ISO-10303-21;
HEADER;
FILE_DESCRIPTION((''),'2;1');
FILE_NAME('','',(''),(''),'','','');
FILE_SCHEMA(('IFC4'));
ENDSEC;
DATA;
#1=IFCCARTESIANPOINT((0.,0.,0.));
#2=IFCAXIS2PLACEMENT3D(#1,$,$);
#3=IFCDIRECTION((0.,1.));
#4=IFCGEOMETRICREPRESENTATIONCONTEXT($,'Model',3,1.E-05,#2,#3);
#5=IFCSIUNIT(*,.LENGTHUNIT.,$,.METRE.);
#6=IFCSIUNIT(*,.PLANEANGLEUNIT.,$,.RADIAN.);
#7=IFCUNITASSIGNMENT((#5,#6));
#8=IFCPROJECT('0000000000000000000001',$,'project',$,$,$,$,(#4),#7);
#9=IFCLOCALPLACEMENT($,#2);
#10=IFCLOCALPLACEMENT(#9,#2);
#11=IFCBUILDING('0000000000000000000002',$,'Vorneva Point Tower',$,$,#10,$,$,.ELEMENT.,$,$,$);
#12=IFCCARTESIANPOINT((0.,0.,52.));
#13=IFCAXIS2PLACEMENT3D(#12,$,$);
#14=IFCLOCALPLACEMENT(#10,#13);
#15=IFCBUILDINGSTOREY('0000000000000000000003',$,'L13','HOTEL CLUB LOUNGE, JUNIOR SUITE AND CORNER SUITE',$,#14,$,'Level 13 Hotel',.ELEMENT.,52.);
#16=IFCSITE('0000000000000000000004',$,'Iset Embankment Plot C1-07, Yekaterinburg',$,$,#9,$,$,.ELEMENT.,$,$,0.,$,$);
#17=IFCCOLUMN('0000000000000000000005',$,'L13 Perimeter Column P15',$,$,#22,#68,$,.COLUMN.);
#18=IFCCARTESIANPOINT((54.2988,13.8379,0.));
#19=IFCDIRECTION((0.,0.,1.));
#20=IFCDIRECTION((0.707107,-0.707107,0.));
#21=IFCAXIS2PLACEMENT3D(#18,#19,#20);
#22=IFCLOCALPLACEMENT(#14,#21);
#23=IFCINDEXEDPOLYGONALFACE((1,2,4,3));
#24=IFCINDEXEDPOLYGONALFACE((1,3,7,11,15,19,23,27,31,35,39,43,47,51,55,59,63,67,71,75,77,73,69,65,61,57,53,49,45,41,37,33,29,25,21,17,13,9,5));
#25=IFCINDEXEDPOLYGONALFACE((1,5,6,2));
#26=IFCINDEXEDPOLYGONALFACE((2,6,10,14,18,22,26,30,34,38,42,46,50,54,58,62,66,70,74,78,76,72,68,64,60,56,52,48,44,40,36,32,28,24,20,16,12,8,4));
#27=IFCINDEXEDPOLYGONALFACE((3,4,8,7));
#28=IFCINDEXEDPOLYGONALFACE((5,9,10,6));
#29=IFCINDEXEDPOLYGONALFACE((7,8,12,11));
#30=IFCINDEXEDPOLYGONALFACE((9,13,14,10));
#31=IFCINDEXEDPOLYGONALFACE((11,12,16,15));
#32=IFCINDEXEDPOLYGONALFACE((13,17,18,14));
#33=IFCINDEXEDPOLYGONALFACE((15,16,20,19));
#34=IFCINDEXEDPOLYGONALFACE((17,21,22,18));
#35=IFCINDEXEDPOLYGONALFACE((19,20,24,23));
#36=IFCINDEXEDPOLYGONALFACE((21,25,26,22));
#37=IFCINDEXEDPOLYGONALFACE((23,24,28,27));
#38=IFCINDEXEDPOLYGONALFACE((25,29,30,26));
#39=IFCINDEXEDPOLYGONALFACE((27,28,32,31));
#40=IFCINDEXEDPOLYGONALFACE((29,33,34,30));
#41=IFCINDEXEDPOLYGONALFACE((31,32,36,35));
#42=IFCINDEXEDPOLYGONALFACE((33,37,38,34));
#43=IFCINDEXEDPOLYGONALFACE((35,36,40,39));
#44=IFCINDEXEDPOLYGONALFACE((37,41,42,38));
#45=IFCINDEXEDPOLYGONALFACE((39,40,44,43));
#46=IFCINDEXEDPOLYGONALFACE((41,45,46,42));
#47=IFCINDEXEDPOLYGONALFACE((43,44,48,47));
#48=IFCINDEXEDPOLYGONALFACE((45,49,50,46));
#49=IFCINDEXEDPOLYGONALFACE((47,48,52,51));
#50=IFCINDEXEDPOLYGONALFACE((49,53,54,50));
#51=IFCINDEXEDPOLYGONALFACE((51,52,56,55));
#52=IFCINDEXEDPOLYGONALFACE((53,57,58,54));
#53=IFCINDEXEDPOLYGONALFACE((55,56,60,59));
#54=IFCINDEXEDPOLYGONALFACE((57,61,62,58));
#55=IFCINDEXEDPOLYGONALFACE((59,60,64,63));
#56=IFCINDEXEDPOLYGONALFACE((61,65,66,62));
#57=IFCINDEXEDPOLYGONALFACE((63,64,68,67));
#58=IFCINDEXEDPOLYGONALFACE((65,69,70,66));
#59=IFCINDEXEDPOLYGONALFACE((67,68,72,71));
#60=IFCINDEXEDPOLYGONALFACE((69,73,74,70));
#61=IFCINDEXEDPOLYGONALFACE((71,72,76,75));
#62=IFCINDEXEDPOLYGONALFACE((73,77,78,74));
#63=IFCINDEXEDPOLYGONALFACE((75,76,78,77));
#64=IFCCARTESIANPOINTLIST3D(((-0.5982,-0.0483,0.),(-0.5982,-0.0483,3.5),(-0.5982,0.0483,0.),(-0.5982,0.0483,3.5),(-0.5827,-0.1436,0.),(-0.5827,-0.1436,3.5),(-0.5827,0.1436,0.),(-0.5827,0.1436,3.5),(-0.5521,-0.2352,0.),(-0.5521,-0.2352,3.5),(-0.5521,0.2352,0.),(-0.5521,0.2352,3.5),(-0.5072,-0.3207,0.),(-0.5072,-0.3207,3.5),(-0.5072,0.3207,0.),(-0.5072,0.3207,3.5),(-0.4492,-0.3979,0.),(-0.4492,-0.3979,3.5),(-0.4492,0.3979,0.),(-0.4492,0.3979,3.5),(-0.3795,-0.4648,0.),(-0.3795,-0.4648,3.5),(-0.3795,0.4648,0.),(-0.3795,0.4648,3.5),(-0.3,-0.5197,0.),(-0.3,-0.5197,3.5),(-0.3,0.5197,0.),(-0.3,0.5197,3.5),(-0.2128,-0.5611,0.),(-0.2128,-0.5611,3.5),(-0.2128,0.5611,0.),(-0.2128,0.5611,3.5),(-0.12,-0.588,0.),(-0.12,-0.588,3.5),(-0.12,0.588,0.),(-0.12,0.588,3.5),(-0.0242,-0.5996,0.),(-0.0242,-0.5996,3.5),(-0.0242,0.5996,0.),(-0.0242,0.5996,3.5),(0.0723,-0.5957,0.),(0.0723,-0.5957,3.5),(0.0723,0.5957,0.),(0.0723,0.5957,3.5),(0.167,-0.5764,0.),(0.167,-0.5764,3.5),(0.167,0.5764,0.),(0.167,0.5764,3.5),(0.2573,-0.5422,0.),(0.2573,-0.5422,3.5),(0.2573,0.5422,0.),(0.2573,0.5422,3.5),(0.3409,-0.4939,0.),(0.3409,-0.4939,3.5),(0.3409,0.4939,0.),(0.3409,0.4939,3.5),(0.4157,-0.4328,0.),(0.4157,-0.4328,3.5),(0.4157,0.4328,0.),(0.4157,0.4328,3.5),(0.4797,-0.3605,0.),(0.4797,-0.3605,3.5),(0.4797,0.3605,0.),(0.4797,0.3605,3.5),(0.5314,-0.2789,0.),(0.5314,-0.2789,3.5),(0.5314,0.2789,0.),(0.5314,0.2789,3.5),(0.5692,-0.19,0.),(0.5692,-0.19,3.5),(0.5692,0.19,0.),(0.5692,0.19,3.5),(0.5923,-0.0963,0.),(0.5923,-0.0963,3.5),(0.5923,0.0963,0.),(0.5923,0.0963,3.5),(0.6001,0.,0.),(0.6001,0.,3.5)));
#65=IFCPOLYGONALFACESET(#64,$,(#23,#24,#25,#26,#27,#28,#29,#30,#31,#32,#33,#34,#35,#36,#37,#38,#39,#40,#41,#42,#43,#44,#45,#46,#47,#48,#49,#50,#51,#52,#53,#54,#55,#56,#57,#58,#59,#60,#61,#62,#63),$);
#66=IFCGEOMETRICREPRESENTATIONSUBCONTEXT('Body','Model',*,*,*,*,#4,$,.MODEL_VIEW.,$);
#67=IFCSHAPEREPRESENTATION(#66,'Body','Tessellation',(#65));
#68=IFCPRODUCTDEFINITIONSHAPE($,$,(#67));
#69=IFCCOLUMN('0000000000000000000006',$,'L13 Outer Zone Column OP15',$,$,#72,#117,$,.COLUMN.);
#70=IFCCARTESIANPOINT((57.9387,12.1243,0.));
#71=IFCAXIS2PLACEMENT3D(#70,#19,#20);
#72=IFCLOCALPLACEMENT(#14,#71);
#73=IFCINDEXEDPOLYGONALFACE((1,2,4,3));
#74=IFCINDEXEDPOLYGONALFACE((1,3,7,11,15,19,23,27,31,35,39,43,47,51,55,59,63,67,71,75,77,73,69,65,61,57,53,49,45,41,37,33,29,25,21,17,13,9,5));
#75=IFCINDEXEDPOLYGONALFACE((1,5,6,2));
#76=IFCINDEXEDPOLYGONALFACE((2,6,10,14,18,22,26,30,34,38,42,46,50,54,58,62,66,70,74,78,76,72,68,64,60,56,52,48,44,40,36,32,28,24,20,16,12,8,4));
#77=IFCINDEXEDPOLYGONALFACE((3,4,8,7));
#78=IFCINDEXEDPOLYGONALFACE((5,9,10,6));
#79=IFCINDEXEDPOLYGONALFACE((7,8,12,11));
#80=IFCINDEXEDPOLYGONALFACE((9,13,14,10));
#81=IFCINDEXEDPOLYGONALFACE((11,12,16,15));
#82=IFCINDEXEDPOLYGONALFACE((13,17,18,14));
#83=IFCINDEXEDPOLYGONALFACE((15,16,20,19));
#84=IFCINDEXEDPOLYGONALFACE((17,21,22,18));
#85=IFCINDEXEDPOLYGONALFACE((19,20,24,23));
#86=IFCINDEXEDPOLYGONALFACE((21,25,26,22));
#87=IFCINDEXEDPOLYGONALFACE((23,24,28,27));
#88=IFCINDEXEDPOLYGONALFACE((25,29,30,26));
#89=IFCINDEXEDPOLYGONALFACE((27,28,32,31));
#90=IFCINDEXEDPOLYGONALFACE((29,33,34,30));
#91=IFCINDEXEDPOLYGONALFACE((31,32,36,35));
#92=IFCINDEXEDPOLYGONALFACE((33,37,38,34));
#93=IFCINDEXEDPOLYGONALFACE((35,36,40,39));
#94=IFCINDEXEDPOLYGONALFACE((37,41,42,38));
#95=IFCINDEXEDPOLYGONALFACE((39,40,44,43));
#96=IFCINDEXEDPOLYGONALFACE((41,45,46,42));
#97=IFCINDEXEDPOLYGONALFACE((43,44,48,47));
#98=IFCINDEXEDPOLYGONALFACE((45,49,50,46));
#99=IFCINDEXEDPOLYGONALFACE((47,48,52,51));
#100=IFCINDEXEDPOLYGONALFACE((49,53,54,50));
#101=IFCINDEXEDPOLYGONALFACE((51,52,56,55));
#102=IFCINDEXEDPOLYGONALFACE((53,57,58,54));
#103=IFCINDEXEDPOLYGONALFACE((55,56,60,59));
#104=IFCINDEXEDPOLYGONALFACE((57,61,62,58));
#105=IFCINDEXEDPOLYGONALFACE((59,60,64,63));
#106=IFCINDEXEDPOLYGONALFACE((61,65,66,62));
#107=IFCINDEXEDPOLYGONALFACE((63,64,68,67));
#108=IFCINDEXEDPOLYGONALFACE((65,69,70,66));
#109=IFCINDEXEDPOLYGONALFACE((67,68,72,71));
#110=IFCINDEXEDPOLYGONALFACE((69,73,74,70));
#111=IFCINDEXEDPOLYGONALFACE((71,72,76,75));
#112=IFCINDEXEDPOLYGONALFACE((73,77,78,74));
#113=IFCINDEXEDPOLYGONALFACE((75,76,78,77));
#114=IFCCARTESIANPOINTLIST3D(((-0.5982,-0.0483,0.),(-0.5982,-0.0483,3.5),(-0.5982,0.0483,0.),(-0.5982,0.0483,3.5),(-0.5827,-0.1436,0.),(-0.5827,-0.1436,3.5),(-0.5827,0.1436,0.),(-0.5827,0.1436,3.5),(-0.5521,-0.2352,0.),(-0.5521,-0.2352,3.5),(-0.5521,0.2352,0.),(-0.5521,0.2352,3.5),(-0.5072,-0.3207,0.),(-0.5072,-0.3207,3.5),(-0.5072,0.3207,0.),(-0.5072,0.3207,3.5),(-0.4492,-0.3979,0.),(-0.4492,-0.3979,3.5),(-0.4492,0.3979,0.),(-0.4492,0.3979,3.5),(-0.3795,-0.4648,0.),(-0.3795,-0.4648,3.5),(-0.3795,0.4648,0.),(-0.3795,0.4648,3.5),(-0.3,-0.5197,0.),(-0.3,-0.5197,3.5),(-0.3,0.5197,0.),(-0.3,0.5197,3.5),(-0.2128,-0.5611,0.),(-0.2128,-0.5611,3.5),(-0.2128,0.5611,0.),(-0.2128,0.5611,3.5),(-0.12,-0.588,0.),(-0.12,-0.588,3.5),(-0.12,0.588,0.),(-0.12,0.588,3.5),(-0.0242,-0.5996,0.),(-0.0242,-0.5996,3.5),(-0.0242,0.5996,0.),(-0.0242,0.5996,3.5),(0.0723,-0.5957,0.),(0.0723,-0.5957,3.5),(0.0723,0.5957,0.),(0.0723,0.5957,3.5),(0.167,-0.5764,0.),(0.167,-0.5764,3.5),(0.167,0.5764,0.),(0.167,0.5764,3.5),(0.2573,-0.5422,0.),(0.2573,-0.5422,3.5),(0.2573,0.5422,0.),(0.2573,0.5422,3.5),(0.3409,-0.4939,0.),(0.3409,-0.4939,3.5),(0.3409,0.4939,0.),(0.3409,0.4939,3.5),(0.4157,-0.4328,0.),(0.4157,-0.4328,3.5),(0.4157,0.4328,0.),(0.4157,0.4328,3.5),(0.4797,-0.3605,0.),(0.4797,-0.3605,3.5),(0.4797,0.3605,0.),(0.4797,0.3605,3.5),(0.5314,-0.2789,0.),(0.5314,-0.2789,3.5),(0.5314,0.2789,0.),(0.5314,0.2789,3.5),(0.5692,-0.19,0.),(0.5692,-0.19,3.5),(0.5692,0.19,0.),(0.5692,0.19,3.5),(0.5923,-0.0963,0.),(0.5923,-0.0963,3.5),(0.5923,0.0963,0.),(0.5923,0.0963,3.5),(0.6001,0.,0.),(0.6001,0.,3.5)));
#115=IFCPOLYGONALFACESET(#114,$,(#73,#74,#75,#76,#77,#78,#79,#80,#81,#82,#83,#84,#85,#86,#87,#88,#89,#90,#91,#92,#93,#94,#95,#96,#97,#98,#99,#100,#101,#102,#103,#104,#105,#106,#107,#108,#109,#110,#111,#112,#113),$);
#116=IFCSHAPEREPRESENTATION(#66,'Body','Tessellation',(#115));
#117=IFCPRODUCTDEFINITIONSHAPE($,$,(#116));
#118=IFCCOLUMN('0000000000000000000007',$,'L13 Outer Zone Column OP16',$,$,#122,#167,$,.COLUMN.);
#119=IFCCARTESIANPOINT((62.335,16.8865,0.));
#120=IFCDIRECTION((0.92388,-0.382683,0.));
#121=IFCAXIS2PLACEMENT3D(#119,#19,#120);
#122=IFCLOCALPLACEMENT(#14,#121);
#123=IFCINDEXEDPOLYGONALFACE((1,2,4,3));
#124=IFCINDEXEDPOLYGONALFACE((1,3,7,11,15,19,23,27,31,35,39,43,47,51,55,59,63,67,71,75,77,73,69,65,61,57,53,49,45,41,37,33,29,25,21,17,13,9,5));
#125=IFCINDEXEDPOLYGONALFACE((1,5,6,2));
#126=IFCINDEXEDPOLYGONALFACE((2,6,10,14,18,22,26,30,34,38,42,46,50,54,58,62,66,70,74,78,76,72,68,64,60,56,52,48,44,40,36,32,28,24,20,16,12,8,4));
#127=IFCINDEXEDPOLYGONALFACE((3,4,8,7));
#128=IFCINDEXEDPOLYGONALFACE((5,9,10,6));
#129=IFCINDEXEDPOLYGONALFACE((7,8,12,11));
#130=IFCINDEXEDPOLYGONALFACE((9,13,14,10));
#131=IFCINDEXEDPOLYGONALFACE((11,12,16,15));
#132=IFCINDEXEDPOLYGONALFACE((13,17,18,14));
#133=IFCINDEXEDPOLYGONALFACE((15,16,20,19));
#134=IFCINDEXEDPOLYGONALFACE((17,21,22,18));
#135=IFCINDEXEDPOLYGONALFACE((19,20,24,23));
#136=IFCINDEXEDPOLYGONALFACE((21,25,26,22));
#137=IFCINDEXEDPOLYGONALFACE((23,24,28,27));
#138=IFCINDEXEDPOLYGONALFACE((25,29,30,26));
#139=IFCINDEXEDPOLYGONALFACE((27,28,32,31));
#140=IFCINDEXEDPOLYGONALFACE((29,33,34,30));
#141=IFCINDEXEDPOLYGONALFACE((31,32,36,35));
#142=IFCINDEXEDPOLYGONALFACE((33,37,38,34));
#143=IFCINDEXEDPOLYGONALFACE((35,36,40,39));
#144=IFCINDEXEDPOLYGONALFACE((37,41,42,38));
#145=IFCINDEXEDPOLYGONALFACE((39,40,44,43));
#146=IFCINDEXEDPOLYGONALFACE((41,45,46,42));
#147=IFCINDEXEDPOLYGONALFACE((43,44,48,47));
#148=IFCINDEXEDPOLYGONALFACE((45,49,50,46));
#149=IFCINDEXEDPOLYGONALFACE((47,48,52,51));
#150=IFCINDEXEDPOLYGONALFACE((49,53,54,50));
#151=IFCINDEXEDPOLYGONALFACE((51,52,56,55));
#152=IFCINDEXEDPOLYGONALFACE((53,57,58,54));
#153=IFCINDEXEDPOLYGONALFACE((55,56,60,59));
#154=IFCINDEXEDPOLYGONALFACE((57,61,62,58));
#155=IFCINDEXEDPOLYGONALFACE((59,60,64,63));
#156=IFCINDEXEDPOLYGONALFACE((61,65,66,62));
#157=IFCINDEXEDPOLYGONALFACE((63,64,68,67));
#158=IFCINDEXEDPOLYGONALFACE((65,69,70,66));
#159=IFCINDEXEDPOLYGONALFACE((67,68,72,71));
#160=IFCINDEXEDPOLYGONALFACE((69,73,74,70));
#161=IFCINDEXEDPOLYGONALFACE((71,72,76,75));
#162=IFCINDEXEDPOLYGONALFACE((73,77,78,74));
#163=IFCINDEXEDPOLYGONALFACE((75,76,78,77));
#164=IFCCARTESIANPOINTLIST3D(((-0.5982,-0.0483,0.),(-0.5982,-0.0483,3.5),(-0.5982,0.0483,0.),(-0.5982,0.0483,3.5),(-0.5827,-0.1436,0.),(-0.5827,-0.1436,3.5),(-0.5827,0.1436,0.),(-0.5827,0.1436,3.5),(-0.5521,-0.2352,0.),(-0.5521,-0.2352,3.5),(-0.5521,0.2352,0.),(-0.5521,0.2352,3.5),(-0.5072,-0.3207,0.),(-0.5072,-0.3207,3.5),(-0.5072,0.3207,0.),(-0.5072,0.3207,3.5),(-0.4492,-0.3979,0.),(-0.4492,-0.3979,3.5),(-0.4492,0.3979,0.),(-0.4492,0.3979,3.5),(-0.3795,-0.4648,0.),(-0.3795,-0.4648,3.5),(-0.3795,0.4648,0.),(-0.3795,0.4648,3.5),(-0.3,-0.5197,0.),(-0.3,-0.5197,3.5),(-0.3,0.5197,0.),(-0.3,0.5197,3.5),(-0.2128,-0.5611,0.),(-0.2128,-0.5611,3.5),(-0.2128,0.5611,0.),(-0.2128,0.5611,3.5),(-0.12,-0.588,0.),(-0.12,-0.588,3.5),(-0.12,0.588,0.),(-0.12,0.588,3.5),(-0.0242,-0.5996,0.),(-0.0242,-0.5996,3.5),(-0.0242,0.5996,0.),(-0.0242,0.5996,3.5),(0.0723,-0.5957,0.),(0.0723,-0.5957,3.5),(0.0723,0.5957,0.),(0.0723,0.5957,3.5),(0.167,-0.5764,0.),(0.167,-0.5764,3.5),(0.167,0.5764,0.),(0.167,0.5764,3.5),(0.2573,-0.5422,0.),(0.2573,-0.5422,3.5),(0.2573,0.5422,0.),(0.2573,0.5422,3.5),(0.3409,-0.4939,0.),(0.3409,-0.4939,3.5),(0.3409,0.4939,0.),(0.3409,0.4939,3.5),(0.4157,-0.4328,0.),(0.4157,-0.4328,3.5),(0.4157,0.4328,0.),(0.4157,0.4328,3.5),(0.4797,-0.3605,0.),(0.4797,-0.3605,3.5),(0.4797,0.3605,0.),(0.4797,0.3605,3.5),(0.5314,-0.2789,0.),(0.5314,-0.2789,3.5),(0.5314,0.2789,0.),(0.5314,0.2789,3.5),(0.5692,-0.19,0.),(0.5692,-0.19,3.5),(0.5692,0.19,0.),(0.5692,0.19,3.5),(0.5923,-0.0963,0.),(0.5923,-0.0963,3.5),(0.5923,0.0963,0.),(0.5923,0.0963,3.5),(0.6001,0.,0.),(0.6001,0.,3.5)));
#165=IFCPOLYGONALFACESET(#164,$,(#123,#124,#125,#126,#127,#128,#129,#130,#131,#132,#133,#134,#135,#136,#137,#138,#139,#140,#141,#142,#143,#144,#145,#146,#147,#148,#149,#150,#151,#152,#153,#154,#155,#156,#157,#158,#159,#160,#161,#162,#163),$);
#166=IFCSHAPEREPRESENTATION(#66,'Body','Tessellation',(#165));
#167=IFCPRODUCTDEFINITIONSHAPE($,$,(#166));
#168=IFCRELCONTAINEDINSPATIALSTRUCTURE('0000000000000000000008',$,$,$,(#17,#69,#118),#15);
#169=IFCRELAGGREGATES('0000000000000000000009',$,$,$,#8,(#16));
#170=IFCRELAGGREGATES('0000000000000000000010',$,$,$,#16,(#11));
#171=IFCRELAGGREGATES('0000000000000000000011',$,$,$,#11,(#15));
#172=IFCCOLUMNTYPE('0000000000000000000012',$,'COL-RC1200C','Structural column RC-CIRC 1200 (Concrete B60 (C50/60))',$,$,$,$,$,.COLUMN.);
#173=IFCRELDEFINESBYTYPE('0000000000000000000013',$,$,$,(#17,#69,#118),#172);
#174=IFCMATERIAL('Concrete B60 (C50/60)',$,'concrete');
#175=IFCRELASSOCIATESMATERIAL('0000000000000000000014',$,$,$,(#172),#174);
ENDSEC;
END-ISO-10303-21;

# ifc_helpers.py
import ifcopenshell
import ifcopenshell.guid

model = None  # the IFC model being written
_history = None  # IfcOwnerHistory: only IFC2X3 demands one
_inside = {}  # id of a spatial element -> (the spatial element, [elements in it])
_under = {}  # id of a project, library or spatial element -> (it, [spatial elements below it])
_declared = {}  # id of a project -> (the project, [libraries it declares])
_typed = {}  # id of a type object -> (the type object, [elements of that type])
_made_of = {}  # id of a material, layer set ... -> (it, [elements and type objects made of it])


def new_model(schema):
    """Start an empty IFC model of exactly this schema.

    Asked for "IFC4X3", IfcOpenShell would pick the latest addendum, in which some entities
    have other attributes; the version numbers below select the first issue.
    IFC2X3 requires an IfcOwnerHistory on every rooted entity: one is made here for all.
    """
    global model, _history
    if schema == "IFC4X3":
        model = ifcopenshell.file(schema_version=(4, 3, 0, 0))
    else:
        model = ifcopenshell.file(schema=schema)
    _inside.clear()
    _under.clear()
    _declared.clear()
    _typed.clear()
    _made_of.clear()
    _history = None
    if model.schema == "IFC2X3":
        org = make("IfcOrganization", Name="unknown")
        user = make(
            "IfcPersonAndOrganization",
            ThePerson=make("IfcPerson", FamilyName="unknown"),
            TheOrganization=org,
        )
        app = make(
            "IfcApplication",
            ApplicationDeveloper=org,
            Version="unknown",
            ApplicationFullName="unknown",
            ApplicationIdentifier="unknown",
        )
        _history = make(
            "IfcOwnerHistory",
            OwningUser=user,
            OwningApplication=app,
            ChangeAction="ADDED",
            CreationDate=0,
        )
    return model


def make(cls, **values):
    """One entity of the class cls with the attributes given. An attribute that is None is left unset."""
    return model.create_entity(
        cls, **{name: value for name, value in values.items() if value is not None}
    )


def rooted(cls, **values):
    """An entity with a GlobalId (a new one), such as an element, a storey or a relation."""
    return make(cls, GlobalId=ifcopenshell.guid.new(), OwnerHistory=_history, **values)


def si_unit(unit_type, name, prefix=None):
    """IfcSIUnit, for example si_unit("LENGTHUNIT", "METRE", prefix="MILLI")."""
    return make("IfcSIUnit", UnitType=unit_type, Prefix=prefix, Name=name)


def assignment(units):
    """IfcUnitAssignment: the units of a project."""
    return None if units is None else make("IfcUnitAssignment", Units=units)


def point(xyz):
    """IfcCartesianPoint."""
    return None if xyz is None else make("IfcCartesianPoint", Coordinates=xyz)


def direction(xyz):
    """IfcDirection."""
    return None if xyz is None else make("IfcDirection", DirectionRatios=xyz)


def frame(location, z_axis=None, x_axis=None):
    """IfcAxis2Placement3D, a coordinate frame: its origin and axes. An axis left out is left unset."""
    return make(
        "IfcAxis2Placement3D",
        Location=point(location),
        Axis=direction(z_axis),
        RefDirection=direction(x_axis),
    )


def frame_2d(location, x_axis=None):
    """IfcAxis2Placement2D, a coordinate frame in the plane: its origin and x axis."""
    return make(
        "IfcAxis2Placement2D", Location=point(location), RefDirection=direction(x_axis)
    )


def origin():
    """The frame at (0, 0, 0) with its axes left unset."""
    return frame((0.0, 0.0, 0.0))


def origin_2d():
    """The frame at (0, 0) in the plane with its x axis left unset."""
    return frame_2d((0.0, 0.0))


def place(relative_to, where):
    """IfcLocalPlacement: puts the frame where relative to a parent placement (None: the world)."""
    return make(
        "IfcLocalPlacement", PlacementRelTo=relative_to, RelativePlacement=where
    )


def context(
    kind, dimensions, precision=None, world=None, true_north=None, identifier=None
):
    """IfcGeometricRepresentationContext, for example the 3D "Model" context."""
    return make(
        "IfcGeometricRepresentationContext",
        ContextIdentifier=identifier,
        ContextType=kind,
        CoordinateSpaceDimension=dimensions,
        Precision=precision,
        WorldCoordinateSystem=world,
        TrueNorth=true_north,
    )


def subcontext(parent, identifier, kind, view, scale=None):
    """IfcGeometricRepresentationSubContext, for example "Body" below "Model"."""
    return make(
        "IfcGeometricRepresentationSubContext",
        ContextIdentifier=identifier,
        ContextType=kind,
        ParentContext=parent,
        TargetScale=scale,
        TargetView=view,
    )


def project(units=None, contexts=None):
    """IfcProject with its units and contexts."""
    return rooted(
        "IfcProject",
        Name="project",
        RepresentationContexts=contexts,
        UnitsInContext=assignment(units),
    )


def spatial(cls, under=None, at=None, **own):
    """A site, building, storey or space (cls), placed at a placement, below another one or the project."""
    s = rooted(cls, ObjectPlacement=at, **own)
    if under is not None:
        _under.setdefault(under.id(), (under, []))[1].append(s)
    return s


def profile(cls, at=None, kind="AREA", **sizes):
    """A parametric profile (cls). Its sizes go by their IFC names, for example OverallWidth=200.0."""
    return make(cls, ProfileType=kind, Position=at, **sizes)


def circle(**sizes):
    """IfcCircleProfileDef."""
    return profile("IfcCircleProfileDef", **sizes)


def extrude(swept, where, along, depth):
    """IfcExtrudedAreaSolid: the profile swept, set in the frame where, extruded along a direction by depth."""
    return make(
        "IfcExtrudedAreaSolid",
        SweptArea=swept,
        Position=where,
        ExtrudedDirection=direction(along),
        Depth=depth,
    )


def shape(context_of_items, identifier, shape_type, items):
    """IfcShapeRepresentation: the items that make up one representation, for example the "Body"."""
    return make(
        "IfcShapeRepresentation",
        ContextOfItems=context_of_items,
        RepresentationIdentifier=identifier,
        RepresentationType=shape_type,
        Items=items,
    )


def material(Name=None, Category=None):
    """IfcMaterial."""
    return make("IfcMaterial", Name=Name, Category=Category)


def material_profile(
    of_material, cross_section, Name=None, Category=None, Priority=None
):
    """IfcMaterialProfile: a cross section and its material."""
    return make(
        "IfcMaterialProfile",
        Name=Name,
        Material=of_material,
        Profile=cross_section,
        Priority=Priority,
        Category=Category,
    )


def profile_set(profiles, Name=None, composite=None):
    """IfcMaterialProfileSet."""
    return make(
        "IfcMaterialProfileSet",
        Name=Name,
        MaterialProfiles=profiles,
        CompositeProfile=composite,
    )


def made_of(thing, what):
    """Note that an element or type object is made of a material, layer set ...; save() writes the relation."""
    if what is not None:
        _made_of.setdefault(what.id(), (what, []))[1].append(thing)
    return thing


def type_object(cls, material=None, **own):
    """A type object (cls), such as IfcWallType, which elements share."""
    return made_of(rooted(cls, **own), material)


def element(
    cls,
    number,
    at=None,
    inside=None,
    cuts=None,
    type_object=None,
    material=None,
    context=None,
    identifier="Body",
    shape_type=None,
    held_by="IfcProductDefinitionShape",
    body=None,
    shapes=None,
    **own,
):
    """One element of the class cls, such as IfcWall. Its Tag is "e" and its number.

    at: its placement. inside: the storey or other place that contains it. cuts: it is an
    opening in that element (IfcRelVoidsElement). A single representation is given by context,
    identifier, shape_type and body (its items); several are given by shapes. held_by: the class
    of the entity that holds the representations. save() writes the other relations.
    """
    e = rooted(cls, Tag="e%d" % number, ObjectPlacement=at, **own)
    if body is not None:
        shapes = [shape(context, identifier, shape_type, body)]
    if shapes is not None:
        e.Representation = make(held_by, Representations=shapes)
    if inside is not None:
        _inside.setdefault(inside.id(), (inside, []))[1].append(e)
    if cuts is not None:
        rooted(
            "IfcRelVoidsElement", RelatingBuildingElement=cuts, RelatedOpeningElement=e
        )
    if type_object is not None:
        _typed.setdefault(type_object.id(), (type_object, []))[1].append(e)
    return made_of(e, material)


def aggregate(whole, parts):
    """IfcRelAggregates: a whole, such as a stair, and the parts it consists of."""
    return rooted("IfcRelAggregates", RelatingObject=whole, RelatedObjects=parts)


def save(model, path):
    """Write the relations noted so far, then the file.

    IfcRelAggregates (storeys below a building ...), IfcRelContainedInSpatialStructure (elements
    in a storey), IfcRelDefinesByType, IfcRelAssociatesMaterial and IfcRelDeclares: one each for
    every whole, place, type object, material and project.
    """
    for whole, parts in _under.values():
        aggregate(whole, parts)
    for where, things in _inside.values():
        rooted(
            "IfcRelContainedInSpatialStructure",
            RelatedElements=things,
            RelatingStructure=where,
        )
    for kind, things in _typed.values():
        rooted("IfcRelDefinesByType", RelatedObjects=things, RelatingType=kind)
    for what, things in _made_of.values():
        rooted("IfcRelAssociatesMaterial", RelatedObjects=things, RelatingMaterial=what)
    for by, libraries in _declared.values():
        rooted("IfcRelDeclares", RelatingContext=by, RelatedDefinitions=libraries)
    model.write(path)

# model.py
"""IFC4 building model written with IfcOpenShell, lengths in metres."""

from ifc_helpers import new_model, si_unit, direction, frame, origin, origin_2d, place, context, subcontext, project, spatial, circle, extrude, material, material_profile, profile_set, type_object, element, save


model = new_model("IFC4")

# Units and contexts
model_context = context("Model", 3, precision=1e-05, world=origin(), true_north=direction((0.0, 1.0)))
body_context = subcontext(model_context, "Body", "Model", "MODEL_VIEW")
ifc_project = project(units=[si_unit("LENGTHUNIT", "METRE"), si_unit("PLANEANGLEUNIT", "RADIAN")], contexts=[model_context])

# Site, building, storey
site_placement = place(None, origin())
site = spatial("IfcSite", under=ifc_project, at=site_placement, Name="Iset Embankment Plot C1-07, Yekaterinburg", CompositionType="ELEMENT", RefElevation=0.0)
building_placement = place(site_placement, origin())
building = spatial("IfcBuilding", under=site, at=building_placement, Name="Vorneva Point Tower", CompositionType="ELEMENT")
storey_placement = place(building_placement, frame((0.0, 0.0, 52.0)))
storey = spatial("IfcBuildingStorey", under=building, at=storey_placement, Name="L13", Description="HOTEL CLUB LOUNGE, JUNIOR SUITE AND CORNER SUITE", LongName="Level 13 Hotel", CompositionType="ELEMENT", Elevation=52.0)

# Columns
ifc_material_1 = material(Name="Concrete B60 (C50/60)", Category="concrete")
ifc_material_profile_1 = material_profile(ifc_material_1, circle(Radius=0.6001, at=origin_2d()), Name="RC-CIRC 1200")
ifc_profile_set_1 = profile_set([ifc_material_profile_1], Name="Concrete B60 (C50/60)")
column_type_1 = type_object("IfcColumnType", Name="COL-RC1200C", Description="Structural column RC-CIRC 1200 (Concrete B60 (C50/60))", PredefinedType="COLUMN", material=ifc_profile_set_1)
for number, where, z_axis, x_axis, name in (
    (1, (54.2988, 13.8379, 0.0), (0.0, 0.0, 1.0), (0.707107, -0.707107, 0.0), "L13 Perimeter Column P15"),
    (2, (57.9387, 12.1243, 0.0), (0.0, 0.0, 1.0), (0.707107, -0.707107, 0.0), "L13 Outer Zone Column OP15"),
    (3, (62.335, 16.8865, 0.0), (0.0, 0.0, 1.0), (0.92388, -0.382683, 0.0), "L13 Outer Zone Column OP16"),
):
    element("IfcColumn", number, at=place(storey_placement, frame(where, z_axis=z_axis, x_axis=x_axis)), inside=storey, type_object=column_type_1, Name=name, PredefinedType="COLUMN", context=body_context, shape_type="SweptSolid", body=[
        extrude(circle(Radius=0.6001, at=origin_2d()), origin(), (0.0, 0.0, 1.0), 3.5),
    ])

save(model, "model.ifc")
